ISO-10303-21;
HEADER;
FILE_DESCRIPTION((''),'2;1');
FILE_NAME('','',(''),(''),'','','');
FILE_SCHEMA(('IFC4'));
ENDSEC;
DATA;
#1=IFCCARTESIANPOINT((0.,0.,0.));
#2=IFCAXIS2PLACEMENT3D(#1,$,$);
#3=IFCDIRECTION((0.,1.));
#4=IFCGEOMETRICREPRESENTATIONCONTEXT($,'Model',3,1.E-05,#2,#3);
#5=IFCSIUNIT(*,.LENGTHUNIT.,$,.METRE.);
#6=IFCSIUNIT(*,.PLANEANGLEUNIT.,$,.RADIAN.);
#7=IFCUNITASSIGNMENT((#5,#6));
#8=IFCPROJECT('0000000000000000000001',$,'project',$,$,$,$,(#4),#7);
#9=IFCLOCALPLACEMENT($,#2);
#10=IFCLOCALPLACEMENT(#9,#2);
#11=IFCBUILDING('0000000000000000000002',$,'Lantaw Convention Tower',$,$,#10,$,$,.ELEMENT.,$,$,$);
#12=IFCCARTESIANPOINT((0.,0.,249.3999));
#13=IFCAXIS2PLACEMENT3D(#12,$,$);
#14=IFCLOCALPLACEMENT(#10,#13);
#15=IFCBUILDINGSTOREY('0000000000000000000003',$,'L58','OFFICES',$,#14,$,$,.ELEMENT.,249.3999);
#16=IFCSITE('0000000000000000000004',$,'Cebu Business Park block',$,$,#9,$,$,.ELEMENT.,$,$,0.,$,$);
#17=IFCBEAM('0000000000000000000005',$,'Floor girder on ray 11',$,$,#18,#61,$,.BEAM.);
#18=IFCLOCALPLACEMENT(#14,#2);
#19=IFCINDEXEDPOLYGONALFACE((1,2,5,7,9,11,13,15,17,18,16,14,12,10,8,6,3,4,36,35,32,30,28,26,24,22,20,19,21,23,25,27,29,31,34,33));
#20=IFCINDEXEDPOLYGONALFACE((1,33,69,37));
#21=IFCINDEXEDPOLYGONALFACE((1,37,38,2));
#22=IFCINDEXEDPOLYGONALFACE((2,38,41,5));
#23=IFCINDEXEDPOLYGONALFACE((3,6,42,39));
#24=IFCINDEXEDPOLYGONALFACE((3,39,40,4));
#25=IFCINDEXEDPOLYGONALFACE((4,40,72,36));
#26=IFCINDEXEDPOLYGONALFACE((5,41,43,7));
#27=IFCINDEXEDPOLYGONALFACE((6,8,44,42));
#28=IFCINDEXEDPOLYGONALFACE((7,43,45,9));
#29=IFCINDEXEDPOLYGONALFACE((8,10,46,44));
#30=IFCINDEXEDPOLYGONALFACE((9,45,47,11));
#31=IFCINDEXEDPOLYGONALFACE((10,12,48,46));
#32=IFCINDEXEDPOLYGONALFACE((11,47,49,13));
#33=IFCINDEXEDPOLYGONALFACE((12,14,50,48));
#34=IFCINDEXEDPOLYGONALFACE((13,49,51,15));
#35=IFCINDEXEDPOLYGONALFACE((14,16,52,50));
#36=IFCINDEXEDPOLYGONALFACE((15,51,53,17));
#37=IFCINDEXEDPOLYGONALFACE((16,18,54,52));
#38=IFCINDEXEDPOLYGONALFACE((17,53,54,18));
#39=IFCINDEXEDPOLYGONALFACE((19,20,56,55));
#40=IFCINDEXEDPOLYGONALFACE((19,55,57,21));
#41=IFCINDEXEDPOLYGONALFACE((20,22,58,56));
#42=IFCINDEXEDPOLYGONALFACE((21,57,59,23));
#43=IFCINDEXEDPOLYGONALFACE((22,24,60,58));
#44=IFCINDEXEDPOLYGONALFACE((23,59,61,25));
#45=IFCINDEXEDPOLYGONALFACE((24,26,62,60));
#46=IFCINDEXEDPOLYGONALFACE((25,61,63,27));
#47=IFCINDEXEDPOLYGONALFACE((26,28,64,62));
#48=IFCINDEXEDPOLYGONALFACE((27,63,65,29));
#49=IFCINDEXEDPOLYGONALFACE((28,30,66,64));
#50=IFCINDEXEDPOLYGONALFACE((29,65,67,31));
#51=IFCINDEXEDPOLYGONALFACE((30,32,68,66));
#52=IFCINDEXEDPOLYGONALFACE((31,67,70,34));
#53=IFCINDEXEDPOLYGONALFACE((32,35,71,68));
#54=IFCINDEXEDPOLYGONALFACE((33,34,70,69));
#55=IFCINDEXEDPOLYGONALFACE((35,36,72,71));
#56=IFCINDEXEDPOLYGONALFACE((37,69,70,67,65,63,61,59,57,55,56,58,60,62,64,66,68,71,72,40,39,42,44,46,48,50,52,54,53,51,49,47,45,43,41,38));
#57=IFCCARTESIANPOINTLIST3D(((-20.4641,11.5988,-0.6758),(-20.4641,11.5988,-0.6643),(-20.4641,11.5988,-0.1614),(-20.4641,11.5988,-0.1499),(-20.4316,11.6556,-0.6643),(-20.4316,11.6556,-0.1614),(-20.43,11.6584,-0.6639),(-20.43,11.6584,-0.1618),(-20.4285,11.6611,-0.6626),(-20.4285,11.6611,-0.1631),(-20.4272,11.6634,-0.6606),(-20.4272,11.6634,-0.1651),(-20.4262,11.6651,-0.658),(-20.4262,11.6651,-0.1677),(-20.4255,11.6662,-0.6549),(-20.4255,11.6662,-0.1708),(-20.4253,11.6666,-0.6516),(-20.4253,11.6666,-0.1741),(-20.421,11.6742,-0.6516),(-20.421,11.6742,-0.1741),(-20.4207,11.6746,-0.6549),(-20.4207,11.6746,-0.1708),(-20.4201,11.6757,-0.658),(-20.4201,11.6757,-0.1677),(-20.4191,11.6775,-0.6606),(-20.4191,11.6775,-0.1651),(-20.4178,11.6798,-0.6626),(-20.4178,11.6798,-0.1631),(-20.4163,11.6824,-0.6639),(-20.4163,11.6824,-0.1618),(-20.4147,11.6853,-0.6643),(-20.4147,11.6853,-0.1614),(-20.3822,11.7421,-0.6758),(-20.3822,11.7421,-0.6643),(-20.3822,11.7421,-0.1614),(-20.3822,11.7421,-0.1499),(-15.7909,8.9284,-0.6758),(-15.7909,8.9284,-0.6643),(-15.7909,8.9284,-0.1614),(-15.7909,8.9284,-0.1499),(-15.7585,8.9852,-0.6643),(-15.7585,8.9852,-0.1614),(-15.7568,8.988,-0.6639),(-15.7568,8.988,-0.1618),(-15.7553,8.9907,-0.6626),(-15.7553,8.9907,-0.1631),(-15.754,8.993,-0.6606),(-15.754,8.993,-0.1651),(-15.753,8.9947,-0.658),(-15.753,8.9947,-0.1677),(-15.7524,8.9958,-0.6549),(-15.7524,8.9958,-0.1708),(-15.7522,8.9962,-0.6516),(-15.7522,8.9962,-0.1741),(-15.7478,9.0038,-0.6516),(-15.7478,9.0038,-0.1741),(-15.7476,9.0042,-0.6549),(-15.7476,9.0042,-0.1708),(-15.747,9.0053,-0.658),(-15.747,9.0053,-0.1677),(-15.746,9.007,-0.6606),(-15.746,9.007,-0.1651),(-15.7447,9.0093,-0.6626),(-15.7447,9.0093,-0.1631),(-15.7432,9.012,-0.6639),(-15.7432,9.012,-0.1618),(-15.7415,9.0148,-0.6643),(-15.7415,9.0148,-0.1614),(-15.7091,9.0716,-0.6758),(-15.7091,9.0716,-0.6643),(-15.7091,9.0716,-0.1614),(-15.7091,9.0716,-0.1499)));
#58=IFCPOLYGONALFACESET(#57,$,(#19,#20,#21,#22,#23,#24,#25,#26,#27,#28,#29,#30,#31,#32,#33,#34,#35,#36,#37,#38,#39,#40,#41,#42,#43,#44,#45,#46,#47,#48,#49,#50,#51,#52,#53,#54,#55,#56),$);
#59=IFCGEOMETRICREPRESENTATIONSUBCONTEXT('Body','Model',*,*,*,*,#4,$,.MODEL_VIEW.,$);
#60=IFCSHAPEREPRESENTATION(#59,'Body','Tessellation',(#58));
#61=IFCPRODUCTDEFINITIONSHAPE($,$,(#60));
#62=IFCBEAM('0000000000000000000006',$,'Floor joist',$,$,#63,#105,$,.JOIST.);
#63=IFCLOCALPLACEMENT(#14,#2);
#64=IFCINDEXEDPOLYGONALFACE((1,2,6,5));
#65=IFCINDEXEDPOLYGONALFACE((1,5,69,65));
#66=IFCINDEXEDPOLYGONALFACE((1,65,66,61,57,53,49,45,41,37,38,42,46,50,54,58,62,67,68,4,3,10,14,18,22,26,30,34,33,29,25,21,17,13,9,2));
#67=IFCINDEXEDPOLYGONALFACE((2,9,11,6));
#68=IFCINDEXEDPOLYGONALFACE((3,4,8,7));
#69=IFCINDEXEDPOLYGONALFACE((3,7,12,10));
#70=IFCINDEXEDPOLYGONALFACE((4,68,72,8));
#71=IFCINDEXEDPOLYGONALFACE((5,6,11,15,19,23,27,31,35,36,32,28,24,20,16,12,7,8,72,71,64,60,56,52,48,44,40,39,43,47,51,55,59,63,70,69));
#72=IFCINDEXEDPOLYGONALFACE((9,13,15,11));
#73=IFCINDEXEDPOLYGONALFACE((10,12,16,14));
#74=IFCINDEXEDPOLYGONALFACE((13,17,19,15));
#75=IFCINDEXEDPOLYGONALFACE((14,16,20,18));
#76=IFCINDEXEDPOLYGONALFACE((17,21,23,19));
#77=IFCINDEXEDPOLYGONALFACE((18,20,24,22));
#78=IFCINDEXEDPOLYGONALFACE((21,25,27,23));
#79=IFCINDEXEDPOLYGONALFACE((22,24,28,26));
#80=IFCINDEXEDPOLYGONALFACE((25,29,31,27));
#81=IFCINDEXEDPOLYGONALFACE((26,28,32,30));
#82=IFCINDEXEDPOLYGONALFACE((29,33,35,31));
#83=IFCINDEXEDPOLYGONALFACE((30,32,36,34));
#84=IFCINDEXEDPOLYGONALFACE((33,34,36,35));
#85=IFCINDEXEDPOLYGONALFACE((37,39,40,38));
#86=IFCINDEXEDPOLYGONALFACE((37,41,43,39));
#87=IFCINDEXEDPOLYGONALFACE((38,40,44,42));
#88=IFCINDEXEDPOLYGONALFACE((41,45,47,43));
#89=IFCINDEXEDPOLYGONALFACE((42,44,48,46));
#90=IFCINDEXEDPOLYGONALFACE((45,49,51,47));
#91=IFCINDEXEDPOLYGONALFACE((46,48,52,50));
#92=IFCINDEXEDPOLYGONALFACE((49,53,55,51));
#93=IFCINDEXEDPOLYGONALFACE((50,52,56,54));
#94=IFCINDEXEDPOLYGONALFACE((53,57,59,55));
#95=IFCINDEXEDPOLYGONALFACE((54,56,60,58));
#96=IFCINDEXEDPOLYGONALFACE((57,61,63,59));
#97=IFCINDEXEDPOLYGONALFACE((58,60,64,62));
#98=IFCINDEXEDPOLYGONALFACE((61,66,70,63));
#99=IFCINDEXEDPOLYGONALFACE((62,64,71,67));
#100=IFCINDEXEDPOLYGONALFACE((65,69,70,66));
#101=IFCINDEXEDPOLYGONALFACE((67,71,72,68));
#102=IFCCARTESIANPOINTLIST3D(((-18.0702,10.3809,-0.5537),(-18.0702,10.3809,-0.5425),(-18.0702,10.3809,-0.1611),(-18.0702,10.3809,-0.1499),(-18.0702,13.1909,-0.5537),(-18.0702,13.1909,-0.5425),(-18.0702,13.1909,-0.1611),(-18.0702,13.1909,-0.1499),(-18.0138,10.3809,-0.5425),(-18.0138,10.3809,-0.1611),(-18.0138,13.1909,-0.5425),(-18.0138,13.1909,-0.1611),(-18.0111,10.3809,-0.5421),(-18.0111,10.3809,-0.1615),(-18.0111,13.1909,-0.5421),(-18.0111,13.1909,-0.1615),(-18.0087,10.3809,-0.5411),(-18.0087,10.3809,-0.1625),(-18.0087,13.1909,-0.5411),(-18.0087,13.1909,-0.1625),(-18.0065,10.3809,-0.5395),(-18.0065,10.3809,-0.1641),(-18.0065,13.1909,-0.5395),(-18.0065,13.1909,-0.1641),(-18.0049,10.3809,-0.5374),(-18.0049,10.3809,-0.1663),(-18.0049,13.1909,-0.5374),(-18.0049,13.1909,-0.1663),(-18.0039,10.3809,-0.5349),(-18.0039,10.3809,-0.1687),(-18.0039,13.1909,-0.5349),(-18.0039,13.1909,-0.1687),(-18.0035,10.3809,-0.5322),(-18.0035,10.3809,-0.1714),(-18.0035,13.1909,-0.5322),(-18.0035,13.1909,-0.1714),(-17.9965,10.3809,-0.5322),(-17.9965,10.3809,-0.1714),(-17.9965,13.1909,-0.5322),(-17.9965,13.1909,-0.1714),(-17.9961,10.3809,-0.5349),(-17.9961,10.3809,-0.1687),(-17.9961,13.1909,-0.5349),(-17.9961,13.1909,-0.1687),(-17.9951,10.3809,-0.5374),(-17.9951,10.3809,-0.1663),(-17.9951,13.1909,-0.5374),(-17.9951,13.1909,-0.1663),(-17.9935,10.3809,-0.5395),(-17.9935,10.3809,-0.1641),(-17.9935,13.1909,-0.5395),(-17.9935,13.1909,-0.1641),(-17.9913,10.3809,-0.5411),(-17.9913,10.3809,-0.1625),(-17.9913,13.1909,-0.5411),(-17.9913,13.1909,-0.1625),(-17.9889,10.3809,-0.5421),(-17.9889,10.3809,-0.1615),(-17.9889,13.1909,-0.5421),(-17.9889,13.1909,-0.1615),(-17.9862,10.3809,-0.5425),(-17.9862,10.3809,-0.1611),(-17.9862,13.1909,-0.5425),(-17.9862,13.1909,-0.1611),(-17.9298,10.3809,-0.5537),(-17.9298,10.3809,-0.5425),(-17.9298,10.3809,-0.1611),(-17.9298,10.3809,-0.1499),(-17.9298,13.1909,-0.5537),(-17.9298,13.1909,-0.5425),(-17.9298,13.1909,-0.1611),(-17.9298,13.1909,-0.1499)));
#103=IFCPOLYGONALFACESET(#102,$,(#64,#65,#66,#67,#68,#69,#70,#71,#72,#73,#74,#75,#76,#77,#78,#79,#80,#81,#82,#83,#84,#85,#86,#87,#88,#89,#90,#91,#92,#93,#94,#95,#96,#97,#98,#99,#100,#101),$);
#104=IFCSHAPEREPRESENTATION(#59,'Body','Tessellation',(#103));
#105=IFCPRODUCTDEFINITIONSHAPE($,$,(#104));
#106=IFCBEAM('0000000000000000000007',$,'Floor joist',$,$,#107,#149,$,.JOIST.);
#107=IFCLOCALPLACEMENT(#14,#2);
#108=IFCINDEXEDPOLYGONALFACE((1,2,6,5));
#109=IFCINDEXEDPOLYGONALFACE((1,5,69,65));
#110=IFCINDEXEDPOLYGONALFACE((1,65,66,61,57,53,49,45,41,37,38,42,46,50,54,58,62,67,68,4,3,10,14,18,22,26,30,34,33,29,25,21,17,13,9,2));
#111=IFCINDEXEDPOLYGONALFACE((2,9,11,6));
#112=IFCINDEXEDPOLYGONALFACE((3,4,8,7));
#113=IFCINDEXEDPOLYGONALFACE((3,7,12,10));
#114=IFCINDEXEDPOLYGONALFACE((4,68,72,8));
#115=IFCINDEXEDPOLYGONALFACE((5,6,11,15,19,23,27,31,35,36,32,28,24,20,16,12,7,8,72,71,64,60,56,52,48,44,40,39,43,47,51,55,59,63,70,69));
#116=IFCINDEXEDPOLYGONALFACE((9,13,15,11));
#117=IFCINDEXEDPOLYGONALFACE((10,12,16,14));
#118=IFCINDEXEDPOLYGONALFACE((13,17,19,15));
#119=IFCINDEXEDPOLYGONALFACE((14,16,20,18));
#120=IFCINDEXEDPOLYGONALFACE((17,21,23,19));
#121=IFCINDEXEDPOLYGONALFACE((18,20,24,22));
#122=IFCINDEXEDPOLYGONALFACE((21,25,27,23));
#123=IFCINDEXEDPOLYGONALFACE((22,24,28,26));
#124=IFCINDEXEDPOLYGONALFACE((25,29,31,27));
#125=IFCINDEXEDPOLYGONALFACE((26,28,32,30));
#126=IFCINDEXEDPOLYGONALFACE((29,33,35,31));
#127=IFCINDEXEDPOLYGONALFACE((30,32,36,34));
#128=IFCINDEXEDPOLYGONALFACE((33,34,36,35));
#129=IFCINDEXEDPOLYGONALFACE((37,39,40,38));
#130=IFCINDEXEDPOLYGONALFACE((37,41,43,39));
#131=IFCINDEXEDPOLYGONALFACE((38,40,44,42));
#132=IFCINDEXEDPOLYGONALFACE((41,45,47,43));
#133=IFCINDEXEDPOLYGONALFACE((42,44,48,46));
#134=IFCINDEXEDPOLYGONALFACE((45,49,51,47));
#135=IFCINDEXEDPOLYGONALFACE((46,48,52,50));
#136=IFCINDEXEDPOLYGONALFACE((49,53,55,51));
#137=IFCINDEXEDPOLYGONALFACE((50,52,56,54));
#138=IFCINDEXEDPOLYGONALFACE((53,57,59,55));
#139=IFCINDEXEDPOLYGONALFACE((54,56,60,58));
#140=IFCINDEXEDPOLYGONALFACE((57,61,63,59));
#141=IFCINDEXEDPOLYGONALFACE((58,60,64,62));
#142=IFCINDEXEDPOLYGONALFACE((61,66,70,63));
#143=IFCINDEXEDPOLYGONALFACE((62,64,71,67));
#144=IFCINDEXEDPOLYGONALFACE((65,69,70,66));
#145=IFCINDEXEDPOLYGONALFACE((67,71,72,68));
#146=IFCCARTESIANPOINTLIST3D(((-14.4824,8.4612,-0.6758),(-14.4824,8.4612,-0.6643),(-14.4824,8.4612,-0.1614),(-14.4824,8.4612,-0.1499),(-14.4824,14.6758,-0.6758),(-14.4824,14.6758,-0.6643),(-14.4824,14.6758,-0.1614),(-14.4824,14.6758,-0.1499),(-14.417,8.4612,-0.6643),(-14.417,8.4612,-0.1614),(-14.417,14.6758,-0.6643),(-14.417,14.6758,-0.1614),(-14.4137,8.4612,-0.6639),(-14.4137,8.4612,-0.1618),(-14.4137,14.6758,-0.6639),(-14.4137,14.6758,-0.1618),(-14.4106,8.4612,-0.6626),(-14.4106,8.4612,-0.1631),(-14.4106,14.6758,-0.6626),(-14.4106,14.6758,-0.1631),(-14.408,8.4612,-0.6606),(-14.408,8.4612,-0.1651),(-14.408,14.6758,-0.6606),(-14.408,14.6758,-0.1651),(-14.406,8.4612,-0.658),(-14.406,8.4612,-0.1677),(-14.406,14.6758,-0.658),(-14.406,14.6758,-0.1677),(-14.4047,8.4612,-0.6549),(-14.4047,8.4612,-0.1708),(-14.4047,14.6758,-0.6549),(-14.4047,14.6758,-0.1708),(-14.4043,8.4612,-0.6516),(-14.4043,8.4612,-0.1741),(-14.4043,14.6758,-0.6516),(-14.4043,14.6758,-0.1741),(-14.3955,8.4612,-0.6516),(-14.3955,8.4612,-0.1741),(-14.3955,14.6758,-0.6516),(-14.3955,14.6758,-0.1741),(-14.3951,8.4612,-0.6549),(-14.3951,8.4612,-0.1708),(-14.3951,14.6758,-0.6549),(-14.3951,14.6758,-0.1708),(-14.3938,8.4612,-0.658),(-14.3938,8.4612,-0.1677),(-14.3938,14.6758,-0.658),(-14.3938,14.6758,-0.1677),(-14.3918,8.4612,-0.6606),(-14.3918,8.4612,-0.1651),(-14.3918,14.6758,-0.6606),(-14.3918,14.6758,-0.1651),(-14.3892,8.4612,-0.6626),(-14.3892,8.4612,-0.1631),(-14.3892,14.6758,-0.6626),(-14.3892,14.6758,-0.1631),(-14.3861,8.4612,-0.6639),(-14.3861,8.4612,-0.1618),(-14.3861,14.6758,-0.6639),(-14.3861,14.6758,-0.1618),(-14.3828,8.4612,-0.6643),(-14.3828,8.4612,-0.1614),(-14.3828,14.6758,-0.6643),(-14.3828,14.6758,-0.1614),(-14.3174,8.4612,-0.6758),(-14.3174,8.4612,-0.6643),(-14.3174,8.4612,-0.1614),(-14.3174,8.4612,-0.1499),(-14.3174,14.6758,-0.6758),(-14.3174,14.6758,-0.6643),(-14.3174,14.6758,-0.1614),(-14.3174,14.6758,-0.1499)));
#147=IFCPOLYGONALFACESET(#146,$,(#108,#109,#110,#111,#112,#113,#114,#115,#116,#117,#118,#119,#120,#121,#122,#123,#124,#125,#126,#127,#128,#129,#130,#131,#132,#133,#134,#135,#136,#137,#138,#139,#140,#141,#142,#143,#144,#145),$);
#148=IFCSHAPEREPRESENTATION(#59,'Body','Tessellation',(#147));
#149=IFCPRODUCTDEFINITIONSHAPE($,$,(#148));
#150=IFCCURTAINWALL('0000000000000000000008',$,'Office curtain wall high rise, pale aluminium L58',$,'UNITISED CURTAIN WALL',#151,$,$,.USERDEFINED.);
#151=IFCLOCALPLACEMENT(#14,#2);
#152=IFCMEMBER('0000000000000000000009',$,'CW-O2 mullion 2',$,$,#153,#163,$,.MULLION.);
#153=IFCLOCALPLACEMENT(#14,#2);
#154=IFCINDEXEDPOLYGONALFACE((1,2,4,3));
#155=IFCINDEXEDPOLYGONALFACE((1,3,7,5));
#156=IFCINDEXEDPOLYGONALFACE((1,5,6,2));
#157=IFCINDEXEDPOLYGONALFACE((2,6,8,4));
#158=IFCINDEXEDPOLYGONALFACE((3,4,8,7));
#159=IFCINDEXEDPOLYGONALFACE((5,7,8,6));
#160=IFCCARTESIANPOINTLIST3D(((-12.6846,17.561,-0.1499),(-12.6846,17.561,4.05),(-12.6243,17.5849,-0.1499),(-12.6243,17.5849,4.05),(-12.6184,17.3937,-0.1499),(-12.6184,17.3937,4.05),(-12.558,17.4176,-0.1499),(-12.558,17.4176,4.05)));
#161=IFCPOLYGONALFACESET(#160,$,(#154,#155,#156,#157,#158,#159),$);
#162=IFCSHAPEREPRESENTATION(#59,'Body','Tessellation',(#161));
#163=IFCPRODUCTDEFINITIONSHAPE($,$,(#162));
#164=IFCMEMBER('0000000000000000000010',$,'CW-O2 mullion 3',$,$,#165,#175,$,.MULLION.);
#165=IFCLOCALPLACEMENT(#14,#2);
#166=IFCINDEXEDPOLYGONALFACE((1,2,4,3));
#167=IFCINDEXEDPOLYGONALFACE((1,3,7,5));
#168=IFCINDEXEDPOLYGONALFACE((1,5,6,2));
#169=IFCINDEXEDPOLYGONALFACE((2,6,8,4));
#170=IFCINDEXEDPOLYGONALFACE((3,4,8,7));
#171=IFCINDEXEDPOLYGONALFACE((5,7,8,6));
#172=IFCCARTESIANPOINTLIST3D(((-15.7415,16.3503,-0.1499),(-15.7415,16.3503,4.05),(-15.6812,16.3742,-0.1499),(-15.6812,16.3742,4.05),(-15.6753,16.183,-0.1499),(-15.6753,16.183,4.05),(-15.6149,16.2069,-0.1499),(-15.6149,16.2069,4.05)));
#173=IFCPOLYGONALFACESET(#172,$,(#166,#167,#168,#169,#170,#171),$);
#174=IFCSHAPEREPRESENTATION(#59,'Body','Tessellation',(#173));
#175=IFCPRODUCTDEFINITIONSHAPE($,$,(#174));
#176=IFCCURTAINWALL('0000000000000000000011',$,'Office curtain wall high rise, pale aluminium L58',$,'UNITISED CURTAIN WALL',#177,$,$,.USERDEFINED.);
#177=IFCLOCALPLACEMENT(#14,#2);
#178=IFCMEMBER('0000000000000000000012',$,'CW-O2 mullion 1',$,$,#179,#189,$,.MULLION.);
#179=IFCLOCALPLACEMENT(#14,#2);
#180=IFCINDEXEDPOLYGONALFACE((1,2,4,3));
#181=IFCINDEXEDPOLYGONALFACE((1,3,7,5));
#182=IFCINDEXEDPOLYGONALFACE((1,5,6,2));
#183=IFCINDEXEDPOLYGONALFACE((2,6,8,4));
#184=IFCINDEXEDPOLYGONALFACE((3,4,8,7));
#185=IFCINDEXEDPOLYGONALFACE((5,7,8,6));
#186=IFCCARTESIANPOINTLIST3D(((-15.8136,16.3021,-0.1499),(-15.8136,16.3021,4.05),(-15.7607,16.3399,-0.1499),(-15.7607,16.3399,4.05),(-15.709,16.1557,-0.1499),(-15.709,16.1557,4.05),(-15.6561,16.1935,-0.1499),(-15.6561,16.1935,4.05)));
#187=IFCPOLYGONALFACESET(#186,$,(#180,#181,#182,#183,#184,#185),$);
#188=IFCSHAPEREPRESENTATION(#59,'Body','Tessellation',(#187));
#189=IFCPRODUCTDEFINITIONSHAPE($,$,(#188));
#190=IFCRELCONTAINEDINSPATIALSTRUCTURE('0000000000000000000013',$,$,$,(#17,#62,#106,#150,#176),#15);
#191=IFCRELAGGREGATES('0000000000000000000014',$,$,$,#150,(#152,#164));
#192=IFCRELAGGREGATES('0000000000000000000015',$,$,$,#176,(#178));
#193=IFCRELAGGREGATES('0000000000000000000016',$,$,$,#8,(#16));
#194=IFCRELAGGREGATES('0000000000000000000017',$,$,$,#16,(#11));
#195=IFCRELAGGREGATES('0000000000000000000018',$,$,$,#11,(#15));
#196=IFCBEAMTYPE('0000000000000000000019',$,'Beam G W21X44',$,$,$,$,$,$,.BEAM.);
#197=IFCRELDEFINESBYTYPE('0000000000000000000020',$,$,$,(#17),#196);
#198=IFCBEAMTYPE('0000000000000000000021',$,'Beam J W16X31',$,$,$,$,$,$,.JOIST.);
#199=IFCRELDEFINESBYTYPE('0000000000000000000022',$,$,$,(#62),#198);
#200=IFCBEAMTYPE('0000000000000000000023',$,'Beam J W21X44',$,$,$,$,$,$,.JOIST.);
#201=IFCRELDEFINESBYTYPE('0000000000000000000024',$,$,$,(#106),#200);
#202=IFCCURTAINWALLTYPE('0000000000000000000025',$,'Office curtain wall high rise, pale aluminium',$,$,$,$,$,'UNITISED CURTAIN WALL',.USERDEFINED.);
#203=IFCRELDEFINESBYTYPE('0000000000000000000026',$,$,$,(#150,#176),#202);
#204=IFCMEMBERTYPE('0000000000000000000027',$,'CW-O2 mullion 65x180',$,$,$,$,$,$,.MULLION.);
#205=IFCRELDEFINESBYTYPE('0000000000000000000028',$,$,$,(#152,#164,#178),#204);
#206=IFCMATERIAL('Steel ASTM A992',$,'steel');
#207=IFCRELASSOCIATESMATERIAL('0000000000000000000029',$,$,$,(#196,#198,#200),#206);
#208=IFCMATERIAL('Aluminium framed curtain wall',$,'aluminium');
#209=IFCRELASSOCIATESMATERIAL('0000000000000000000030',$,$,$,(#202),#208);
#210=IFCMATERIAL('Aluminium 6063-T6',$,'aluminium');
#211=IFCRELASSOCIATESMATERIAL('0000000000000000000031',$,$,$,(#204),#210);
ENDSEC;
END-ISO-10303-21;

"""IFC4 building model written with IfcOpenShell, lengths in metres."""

from ifc_helpers import new_model, si_unit, direction, frame, origin, origin_2d, place, context, subcontext, project, spatial, rectangle, i_section, extrude, material, material_profile, profile_set, type_object, element, aggregate, save


model = new_model("IFC4")

# Units and contexts
model_context = context("Model", 3, precision=1e-05, world=origin(), true_north=direction((0.0, 1.0)))
body_context = subcontext(model_context, "Body", "Model", "MODEL_VIEW")
ifc_project = project(units=[si_unit("LENGTHUNIT", "METRE"), si_unit("PLANEANGLEUNIT", "RADIAN")], contexts=[model_context])

# Site, building, storey
site_placement = place(None, origin())
site = spatial("IfcSite", under=ifc_project, at=site_placement, Name="Cebu Business Park block", CompositionType="ELEMENT", RefElevation=0.0)
building_placement = place(site_placement, origin())
building = spatial("IfcBuilding", under=site, at=building_placement, Name="Lantaw Convention Tower", CompositionType="ELEMENT")
storey_placement = place(building_placement, frame((0.0, 0.0, 249.3999)))
storey = spatial("IfcBuildingStorey", under=building, at=storey_placement, Name="L58", Description="OFFICES", CompositionType="ELEMENT", Elevation=249.3999)

# Beams
ifc_material_1 = material(Name="Steel ASTM A992", Category="steel")
ifc_material_profile_1 = material_profile(ifc_material_1, i_section(OverallWidth=0.165, OverallDepth=0.5259, WebThickness=0.0088, FlangeThickness=0.0115, FilletRadius=0.0127, at=origin_2d()), Name="W21X44")
ifc_profile_set_1 = profile_set([ifc_material_profile_1], Name="Steel ASTM A992")
beam_type_1 = type_object("IfcBeamType", Name="Beam G W21X44", PredefinedType="BEAM", material=ifc_profile_set_1)
beam_1_placement = place(storey_placement, frame((-15.75, 9.0, -0.4128), z_axis=(-0.868238, 0.496149, 0.0), x_axis=(-0.496149, -0.868238, 0.0)))
element("IfcBeam", 1, at=beam_1_placement, inside=storey, type_object=beam_type_1, Name="Floor girder on ray 11", PredefinedType="BEAM", context=body_context, shape_type="SweptSolid", body=[
    extrude(i_section(OverallWidth=0.165, OverallDepth=0.5259, WebThickness=0.0088, FlangeThickness=0.0115, FilletRadius=0.0127, at=origin_2d()), origin(), (0.0, 0.0, 1.0), 5.3823),
])
ifc_material_profile_2 = material_profile(ifc_material_1, i_section(OverallWidth=0.1404, OverallDepth=0.4038, WebThickness=0.0071, FlangeThickness=0.0112, FilletRadius=0.0103, at=origin_2d()), Name="W16X31")
ifc_profile_set_2 = profile_set([ifc_material_profile_2], Name="Steel ASTM A992")
beam_type_2 = type_object("IfcBeamType", Name="Beam J W16X31", PredefinedType="JOIST", material=ifc_profile_set_2)
beam_2_placement = place(storey_placement, frame((-18.0, 10.3809, -0.3518), z_axis=(0.0, 1.0, 0.0), x_axis=(-1.0, 0.0, 0.0)))
element("IfcBeam", 2, at=beam_2_placement, inside=storey, type_object=beam_type_2, Name="Floor joist", PredefinedType="JOIST", context=body_context, shape_type="SweptSolid", body=[
    extrude(i_section(OverallWidth=0.1404, OverallDepth=0.4038, WebThickness=0.0071, FlangeThickness=0.0112, FilletRadius=0.0103, at=origin_2d()), origin(), (0.0, 0.0, 1.0), 2.8101),
])
ifc_material_profile_3 = material_profile(ifc_material_1, i_section(OverallWidth=0.165, OverallDepth=0.5259, WebThickness=0.0088, FlangeThickness=0.0115, FilletRadius=0.0127, at=origin_2d()), Name="W21X44")
ifc_profile_set_3 = profile_set([ifc_material_profile_3], Name="Steel ASTM A992")
beam_type_3 = type_object("IfcBeamType", Name="Beam J W21X44", PredefinedType="JOIST", material=ifc_profile_set_3)
beam_3_placement = place(storey_placement, frame((-14.3999, 8.4612, -0.4128), z_axis=(0.0, 1.0, 0.0), x_axis=(-1.0, 0.0, 0.0)))
element("IfcBeam", 3, at=beam_3_placement, inside=storey, type_object=beam_type_3, Name="Floor joist", PredefinedType="JOIST", context=body_context, shape_type="SweptSolid", body=[
    extrude(i_section(OverallWidth=0.165, OverallDepth=0.5259, WebThickness=0.0088, FlangeThickness=0.0115, FilletRadius=0.0127, at=origin_2d()), origin(), (0.0, 0.0, 1.0), 6.2146),
])

# Curtain walls, members
ifc_material_2 = material(Name="Aluminium framed curtain wall", Category="aluminium")
curtain_wall_type = type_object("IfcCurtainWallType", Name="Office curtain wall high rise, pale aluminium", ElementType="UNITISED CURTAIN WALL", PredefinedType="USERDEFINED", material=ifc_material_2)
curtain_wall_1_placement = place(storey_placement, origin())
curtain_wall_1 = element("IfcCurtainWall", 4, at=curtain_wall_1_placement, inside=storey, type_object=curtain_wall_type, Name="Office curtain wall high rise, pale aluminium L58", ObjectType="UNITISED CURTAIN WALL", PredefinedType="USERDEFINED")
ifc_material_3 = material(Name="Aluminium 6063-T6", Category="aluminium")
ifc_material_profile_4 = material_profile(ifc_material_3, rectangle(XDim=0.1799, YDim=0.0649, at=origin_2d()), Name="CW-O2 mullion 65x180")
ifc_profile_set_4 = profile_set([ifc_material_profile_4], Name="Aluminium 6063-T6")
member_type_1 = type_object("IfcMemberType", Name="CW-O2 mullion 65x180", PredefinedType="MULLION", material=ifc_profile_set_4)
member_1_placement = place(storey_placement, frame((-12.6213, 17.4893, -0.1499), z_axis=(0.0, 0.0, 1.0), x_axis=(0.368162, -0.929762, 0.0)))
member_1 = element("IfcMember", 5, at=member_1_placement, type_object=member_type_1, Name="CW-O2 mullion 2", PredefinedType="MULLION", context=body_context, shape_type="SweptSolid", body=[
    extrude(rectangle(XDim=0.1799, YDim=0.0649, at=origin_2d()), origin(), (0.0, 0.0, 1.0), 4.2),
])
member_2_placement = place(storey_placement, frame((-15.6782, 16.2786, -0.1499), z_axis=(0.0, 0.0, 1.0), x_axis=(0.368162, -0.929762, 0.0)))
member_2 = element("IfcMember", 6, at=member_2_placement, type_object=member_type_1, Name="CW-O2 mullion 3", PredefinedType="MULLION", context=body_context, shape_type="SweptSolid", body=[
    extrude(rectangle(XDim=0.1799, YDim=0.0649, at=origin_2d()), origin(), (0.0, 0.0, 1.0), 4.2),
])
curtain_wall_2_placement = place(storey_placement, origin())
curtain_wall_2 = element("IfcCurtainWall", 7, at=curtain_wall_2_placement, inside=storey, type_object=curtain_wall_type, Name="Office curtain wall high rise, pale aluminium L58", ObjectType="UNITISED CURTAIN WALL", PredefinedType="USERDEFINED")
member_3_placement = place(storey_placement, frame((-15.7349, 16.2478, -0.1499), z_axis=(0.0, 0.0, 1.0), x_axis=(0.581323, -0.813673, 0.0)))
member_3 = element("IfcMember", 8, at=member_3_placement, type_object=member_type_1, Name="CW-O2 mullion 1", PredefinedType="MULLION", context=body_context, shape_type="SweptSolid", body=[
    extrude(rectangle(XDim=0.1799, YDim=0.0649, at=origin_2d()), origin(), (0.0, 0.0, 1.0), 4.2),
])

aggregate(curtain_wall_1, [member_1, member_2])
aggregate(curtain_wall_2, [member_3])

save(model, "model.ifc")
